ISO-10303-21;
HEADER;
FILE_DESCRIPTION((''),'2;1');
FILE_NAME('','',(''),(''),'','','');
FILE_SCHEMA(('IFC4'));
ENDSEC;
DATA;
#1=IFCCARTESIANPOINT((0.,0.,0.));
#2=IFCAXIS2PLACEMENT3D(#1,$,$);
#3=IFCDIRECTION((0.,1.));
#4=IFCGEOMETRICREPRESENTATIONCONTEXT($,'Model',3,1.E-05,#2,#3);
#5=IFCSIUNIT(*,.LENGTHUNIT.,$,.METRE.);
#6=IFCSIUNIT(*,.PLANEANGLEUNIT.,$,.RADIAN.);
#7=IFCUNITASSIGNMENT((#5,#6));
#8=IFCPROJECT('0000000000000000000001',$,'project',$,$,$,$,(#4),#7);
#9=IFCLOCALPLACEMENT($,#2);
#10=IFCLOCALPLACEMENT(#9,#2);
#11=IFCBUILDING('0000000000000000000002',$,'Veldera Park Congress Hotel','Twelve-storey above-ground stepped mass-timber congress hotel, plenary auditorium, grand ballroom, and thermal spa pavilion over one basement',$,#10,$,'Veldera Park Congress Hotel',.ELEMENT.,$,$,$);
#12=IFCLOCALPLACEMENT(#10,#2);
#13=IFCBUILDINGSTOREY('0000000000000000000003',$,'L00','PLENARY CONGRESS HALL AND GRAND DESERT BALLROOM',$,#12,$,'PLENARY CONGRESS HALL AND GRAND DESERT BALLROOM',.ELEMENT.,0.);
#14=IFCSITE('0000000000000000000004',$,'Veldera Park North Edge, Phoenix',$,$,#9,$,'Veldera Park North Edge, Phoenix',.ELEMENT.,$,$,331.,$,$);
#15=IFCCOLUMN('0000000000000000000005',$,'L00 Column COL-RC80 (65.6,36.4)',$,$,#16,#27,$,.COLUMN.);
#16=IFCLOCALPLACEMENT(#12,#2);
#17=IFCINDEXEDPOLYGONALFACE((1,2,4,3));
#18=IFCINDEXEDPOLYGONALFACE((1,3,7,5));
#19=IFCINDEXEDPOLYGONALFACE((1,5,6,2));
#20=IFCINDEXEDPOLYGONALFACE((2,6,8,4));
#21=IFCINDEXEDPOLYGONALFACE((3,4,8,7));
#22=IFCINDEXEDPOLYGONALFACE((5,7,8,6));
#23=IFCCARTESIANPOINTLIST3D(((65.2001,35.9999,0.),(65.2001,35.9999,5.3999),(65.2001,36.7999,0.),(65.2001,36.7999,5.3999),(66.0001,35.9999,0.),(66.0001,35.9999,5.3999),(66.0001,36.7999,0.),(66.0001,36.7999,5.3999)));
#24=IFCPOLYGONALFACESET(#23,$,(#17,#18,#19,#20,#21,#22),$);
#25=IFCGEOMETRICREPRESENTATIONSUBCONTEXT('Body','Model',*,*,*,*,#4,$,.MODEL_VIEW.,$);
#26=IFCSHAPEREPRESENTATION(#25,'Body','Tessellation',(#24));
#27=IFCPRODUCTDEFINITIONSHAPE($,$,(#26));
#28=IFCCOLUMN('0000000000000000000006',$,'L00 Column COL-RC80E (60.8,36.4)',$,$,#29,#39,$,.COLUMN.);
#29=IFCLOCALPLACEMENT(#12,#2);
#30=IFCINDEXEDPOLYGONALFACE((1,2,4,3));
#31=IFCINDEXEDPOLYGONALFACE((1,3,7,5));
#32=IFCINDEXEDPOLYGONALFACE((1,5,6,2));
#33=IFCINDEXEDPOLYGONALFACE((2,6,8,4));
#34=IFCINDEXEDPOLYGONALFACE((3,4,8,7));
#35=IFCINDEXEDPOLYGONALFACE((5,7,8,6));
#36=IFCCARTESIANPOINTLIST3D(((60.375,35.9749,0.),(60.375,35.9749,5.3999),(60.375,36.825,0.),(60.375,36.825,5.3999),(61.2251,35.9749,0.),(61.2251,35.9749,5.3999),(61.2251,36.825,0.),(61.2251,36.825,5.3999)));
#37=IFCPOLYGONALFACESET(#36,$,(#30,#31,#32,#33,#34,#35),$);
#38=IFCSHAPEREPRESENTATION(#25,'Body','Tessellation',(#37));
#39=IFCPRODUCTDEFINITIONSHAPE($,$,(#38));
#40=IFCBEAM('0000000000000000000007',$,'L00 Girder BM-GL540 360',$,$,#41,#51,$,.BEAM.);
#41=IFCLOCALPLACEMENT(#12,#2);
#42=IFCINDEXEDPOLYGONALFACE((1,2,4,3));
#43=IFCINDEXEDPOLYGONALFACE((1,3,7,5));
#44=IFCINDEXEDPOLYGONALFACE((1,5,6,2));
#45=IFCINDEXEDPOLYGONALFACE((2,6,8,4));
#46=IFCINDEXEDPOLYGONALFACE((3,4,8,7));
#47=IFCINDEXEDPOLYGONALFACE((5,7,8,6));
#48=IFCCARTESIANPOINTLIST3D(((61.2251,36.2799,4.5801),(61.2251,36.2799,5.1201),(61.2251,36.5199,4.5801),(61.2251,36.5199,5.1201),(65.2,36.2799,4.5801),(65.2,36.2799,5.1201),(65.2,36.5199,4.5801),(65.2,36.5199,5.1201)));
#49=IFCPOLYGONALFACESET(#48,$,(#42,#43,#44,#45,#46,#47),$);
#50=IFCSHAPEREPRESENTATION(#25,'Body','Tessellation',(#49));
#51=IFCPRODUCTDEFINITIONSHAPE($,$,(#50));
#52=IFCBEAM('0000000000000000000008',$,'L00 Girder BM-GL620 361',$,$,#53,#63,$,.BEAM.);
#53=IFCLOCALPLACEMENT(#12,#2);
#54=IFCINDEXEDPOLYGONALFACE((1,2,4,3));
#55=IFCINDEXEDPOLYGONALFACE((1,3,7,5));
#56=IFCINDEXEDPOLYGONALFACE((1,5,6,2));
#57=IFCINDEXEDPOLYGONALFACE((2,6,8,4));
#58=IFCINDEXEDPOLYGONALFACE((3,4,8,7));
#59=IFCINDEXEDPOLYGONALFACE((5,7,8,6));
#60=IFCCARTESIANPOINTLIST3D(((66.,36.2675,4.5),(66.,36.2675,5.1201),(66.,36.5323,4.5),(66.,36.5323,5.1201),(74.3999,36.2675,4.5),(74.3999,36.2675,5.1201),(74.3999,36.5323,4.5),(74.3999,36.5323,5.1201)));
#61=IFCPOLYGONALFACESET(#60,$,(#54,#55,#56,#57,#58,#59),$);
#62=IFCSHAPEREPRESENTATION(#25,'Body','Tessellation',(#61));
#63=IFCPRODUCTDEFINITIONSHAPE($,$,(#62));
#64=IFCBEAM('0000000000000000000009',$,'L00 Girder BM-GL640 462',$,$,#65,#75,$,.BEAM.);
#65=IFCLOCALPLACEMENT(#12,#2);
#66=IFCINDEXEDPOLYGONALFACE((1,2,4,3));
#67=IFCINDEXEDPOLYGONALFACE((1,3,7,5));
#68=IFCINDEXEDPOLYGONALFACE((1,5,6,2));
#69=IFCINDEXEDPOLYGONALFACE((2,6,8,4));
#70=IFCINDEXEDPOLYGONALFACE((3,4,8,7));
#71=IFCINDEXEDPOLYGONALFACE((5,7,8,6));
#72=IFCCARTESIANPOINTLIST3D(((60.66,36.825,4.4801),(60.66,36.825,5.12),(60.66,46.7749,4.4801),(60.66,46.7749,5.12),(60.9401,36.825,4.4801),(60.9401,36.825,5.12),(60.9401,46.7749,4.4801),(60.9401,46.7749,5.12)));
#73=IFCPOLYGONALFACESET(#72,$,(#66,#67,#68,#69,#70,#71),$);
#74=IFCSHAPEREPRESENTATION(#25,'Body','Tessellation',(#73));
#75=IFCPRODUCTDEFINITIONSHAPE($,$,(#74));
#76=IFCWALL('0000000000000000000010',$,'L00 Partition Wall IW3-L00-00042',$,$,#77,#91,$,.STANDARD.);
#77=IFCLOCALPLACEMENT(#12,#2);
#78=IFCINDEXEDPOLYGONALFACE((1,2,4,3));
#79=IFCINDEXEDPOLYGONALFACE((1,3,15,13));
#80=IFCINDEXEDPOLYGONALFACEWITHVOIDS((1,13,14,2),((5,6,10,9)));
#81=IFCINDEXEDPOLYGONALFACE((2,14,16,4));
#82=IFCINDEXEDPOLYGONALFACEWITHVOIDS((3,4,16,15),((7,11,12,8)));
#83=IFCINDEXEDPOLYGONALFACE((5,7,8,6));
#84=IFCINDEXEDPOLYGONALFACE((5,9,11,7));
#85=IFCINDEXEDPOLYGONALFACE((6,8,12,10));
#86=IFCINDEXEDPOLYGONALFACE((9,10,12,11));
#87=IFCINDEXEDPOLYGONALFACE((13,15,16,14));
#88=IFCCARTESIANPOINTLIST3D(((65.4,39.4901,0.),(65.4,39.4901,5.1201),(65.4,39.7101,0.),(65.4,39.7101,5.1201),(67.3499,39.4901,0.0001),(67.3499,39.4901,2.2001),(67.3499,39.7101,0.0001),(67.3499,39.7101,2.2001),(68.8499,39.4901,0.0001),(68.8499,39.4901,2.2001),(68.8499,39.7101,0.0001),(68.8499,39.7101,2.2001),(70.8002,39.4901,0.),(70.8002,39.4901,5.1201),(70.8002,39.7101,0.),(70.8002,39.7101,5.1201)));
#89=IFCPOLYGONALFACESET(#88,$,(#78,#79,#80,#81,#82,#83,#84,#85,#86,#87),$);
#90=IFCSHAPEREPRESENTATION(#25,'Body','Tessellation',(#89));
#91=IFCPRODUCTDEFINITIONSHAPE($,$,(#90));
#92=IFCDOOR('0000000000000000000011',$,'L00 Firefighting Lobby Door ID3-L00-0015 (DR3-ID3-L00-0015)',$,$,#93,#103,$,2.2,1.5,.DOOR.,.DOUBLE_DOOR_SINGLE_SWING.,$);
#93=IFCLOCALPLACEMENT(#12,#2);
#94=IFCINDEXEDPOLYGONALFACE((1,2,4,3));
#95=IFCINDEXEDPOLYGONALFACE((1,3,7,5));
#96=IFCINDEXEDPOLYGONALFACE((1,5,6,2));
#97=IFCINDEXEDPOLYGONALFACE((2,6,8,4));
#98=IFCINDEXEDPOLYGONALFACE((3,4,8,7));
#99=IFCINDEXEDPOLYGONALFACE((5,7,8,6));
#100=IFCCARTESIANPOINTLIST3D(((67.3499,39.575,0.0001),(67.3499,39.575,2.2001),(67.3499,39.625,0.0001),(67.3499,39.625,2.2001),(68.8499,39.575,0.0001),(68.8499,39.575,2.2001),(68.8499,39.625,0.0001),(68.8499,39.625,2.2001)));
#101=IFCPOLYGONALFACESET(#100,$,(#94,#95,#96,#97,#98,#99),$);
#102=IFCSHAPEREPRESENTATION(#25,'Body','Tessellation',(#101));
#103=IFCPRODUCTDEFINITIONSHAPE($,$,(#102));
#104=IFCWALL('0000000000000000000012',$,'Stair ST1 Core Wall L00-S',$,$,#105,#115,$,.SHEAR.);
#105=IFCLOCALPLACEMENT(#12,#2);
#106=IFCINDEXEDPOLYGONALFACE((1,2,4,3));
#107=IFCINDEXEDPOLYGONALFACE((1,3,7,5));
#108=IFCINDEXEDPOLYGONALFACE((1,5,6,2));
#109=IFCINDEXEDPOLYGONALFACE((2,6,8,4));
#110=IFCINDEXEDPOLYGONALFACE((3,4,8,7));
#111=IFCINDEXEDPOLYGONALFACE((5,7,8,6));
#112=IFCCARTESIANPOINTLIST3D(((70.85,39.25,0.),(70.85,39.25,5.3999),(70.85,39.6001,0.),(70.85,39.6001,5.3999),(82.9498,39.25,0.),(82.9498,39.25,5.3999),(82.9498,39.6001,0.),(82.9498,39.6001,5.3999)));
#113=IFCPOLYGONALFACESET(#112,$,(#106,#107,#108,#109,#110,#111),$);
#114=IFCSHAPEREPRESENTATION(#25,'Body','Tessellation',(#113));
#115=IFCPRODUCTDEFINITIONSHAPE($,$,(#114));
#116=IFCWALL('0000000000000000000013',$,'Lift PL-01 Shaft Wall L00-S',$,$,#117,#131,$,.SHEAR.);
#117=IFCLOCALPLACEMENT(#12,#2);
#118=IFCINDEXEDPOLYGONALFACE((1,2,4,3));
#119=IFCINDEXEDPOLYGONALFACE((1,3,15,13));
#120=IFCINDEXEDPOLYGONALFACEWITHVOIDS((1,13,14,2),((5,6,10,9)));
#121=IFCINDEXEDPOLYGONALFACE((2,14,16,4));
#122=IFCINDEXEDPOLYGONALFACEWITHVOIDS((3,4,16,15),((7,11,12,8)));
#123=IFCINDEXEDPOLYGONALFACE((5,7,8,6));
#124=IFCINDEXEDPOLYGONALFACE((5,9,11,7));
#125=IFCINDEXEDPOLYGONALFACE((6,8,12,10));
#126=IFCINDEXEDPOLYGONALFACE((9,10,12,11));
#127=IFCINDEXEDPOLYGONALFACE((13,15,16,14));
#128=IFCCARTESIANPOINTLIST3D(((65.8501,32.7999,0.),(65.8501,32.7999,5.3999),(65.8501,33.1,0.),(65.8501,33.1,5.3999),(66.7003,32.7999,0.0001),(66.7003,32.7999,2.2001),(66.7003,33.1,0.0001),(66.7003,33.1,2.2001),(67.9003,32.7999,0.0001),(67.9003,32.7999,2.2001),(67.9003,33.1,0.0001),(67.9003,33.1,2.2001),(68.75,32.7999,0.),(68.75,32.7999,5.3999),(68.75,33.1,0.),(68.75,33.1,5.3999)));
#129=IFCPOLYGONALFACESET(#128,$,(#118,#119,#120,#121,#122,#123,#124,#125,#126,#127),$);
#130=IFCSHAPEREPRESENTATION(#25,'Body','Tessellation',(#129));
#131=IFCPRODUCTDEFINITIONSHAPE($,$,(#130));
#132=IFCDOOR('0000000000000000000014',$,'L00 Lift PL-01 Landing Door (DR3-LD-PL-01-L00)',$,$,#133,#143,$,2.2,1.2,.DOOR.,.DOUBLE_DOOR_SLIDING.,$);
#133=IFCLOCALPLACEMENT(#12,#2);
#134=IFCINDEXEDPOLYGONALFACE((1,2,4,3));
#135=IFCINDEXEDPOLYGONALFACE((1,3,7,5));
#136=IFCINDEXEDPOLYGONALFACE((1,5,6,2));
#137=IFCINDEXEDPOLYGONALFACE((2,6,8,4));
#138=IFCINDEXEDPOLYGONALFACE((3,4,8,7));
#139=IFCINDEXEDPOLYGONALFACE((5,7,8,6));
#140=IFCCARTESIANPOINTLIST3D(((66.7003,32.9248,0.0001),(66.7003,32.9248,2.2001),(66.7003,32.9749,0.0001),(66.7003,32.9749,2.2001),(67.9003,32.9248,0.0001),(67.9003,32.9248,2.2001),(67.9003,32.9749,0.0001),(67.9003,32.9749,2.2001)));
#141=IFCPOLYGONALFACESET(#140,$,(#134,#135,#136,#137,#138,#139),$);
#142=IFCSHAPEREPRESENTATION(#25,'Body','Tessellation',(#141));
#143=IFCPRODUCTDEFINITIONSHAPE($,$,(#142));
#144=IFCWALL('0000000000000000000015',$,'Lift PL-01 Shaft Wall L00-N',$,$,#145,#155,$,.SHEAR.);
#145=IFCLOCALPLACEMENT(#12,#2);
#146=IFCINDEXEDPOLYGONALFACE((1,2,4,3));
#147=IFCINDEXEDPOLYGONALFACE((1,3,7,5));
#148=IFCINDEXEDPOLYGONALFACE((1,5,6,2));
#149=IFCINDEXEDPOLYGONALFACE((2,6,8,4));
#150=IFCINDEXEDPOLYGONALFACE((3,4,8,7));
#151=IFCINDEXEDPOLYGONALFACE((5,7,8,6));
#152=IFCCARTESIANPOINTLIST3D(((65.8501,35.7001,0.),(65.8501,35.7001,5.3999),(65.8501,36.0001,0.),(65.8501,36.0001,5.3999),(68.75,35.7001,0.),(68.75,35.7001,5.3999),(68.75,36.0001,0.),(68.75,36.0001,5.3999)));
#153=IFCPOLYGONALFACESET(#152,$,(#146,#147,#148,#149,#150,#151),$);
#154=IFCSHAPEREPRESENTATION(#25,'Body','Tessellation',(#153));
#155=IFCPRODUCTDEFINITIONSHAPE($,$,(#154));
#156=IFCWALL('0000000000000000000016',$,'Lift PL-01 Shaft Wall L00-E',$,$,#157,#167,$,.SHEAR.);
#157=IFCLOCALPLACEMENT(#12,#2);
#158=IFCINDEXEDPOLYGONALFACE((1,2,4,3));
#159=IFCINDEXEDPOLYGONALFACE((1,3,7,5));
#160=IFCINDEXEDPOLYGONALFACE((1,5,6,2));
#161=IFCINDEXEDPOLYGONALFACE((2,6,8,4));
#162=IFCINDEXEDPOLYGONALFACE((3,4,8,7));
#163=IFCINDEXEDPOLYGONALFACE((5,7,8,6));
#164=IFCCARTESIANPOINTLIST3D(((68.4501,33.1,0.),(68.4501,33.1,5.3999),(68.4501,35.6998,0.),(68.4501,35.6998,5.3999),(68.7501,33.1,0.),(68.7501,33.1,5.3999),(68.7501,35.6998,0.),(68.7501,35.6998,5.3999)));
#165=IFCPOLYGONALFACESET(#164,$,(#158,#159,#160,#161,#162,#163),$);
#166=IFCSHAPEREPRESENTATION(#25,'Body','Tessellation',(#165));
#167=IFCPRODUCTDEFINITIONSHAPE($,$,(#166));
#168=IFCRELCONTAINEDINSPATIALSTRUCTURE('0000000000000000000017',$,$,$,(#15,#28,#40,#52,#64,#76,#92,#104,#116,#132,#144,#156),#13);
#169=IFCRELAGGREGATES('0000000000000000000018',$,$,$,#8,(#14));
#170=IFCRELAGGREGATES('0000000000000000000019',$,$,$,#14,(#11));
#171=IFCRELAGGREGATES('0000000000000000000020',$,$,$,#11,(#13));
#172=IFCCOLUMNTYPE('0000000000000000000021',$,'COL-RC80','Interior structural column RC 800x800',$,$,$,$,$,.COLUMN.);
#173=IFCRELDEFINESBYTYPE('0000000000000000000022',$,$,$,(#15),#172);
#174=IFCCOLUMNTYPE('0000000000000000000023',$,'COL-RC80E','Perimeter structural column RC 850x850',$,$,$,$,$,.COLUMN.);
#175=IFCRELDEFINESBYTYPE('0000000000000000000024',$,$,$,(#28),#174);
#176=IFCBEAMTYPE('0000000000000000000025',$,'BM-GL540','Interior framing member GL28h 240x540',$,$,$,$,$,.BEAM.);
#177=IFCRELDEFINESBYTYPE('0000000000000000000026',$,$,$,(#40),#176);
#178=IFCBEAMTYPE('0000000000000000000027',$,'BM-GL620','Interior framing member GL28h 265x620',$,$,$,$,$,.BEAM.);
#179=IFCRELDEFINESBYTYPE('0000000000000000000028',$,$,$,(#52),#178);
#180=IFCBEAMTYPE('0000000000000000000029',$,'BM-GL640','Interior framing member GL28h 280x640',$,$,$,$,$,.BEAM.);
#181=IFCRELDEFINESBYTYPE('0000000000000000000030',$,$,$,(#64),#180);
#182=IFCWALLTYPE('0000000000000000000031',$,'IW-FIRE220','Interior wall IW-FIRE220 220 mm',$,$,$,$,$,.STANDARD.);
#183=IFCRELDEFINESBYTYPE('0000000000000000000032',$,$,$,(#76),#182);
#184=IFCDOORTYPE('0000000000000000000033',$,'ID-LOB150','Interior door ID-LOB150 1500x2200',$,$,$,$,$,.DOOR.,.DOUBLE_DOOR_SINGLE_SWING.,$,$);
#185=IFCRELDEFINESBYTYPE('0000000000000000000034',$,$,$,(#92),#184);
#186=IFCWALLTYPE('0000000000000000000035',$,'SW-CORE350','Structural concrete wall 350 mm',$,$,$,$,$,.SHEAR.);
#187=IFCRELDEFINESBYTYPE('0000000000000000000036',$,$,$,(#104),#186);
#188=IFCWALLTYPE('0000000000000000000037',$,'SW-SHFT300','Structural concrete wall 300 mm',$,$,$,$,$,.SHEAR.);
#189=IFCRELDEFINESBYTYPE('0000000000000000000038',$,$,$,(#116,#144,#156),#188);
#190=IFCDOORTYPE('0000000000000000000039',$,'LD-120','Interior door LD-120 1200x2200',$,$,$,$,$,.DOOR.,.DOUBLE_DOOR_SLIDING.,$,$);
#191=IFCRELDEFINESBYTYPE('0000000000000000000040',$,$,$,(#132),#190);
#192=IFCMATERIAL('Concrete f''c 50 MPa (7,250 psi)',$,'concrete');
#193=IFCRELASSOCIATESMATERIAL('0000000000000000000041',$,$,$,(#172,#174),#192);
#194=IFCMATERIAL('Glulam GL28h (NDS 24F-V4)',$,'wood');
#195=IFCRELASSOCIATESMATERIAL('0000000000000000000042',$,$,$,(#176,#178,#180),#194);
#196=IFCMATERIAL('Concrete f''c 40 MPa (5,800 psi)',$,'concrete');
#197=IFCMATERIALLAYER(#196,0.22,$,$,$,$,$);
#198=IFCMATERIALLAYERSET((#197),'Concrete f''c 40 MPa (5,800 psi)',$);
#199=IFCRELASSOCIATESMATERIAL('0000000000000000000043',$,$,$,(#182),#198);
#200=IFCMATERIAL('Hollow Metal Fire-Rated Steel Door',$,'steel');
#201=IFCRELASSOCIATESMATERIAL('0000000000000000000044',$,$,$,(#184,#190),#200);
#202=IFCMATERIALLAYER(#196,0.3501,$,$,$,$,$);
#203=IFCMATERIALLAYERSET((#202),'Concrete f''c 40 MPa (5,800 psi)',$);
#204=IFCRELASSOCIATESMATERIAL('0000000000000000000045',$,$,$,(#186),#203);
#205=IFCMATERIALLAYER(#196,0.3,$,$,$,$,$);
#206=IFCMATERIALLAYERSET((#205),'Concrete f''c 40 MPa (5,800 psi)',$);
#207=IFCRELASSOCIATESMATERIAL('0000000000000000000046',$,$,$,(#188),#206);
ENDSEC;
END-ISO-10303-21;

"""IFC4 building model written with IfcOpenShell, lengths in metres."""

from ifc_helpers import new_model, si_unit, direction, frame, frame_2d, origin, origin_2d, place, context, subcontext, project, spatial, rectangle, extrude, material, layer, layer_set, material_profile, profile_set, type_object, element, fill, save


model = new_model("IFC4")

# Units and contexts
model_context = context("Model", 3, precision=1e-05, world=origin(), true_north=direction((0.0, 1.0)))
body_context = subcontext(model_context, "Body", "Model", "MODEL_VIEW")
ifc_project = project(units=[si_unit("LENGTHUNIT", "METRE"), si_unit("PLANEANGLEUNIT", "RADIAN")], contexts=[model_context])

# Site, building, storey
site_placement = place(None, origin())
site = spatial("IfcSite", under=ifc_project, at=site_placement, Name="Veldera Park North Edge, Phoenix", LongName="Veldera Park North Edge, Phoenix", CompositionType="ELEMENT", RefElevation=331.0)
building_placement = place(site_placement, origin())
building = spatial("IfcBuilding", under=site, at=building_placement, Name="Veldera Park Congress Hotel", Description="Twelve-storey above-ground stepped mass-timber congress hotel, plenary auditorium, grand ballroom, and thermal spa pavilion over one basement", LongName="Veldera Park Congress Hotel", CompositionType="ELEMENT")
storey_placement = place(building_placement, origin())
storey = spatial("IfcBuildingStorey", under=building, at=storey_placement, Name="L00", Description="PLENARY CONGRESS HALL AND GRAND DESERT BALLROOM", LongName="PLENARY CONGRESS HALL AND GRAND DESERT BALLROOM", CompositionType="ELEMENT", Elevation=0.0)

# Columns
ifc_material_1 = material(Name="Concrete f'c 50 MPa (7,250 psi)", Category="concrete")
ifc_material_profile_1 = material_profile(ifc_material_1, rectangle(XDim=0.8, YDim=0.8, at=origin_2d()), Name="RC 800x800")
ifc_profile_set_1 = profile_set([ifc_material_profile_1], Name="Concrete f'c 50 MPa (7,250 psi)")
column_type_1 = type_object("IfcColumnType", Name="COL-RC80", Description="Interior structural column RC 800x800", PredefinedType="COLUMN", material=ifc_profile_set_1)
column_1_placement = place(storey_placement, frame((65.6001, 36.3999, 0.0), z_axis=(0.0, 0.0, 1.0), x_axis=(1.0, 0.0, 0.0)))
element("IfcColumn", 1, at=column_1_placement, inside=storey, type_object=column_type_1, Name="L00 Column COL-RC80 (65.6,36.4)", PredefinedType="COLUMN", context=body_context, shape_type="SweptSolid", body=[
    extrude(rectangle(XDim=0.8, YDim=0.8, at=origin_2d()), origin(), (0.0, 0.0, 1.0), 5.3999),
])
ifc_material_profile_2 = material_profile(ifc_material_1, rectangle(XDim=0.8501, YDim=0.8501, at=origin_2d()), Name="RC 850x850")
ifc_profile_set_2 = profile_set([ifc_material_profile_2], Name="Concrete f'c 50 MPa (7,250 psi)")
column_type_2 = type_object("IfcColumnType", Name="COL-RC80E", Description="Perimeter structural column RC 850x850", PredefinedType="COLUMN", material=ifc_profile_set_2)
column_2_placement = place(storey_placement, frame((60.8, 36.3999, 0.0), z_axis=(0.0, 0.0, 1.0), x_axis=(1.0, 0.0, 0.0)))
element("IfcColumn", 2, at=column_2_placement, inside=storey, type_object=column_type_2, Name="L00 Column COL-RC80E (60.8,36.4)", PredefinedType="COLUMN", context=body_context, shape_type="SweptSolid", body=[
    extrude(rectangle(XDim=0.8501, YDim=0.8501, at=origin_2d()), origin(), (0.0, 0.0, 1.0), 5.3999),
])

# Beams
ifc_material_2 = material(Name="Glulam GL28h (NDS 24F-V4)", Category="wood")
ifc_material_profile_3 = material_profile(ifc_material_2, rectangle(XDim=0.24, YDim=0.54, at=origin_2d()), Name="GL28h 240x540")
ifc_profile_set_3 = profile_set([ifc_material_profile_3], Name="Glulam GL28h (NDS 24F-V4)")
beam_type_1 = type_object("IfcBeamType", Name="BM-GL540", Description="Interior framing member GL28h 240x540", PredefinedType="BEAM", material=ifc_profile_set_3)
beam_1_placement = place(storey_placement, frame((61.2251, 36.3999, 4.8501), z_axis=(1.0, 0.0, 0.0), x_axis=(0.0, 1.0, 0.0)))
element("IfcBeam", 3, at=beam_1_placement, inside=storey, type_object=beam_type_1, Name="L00 Girder BM-GL540 360", PredefinedType="BEAM", context=body_context, shape_type="SweptSolid", body=[
    extrude(rectangle(XDim=0.24, YDim=0.54, at=origin_2d()), origin(), (0.0, 0.0, 1.0), 3.9749),
])
ifc_material_profile_4 = material_profile(ifc_material_2, rectangle(XDim=0.2649, YDim=0.6201, at=origin_2d()), Name="GL28h 265x620")
ifc_profile_set_4 = profile_set([ifc_material_profile_4], Name="Glulam GL28h (NDS 24F-V4)")
beam_type_2 = type_object("IfcBeamType", Name="BM-GL620", Description="Interior framing member GL28h 265x620", PredefinedType="BEAM", material=ifc_profile_set_4)
beam_2_placement = place(storey_placement, frame((66.0, 36.3999, 4.8101), z_axis=(1.0, 0.0, 0.0), x_axis=(0.0, 1.0, 0.0)))
element("IfcBeam", 4, at=beam_2_placement, inside=storey, type_object=beam_type_2, Name="L00 Girder BM-GL620 361", PredefinedType="BEAM", context=body_context, shape_type="SweptSolid", body=[
    extrude(rectangle(XDim=0.2649, YDim=0.6201, at=origin_2d()), origin(), (0.0, 0.0, 1.0), 8.3999),
])
ifc_material_profile_5 = material_profile(ifc_material_2, rectangle(XDim=0.28, YDim=0.6399, at=origin_2d()), Name="GL28h 280x640")
ifc_profile_set_5 = profile_set([ifc_material_profile_5], Name="Glulam GL28h (NDS 24F-V4)")
beam_type_3 = type_object("IfcBeamType", Name="BM-GL640", Description="Interior framing member GL28h 280x640", PredefinedType="BEAM", material=ifc_profile_set_5)
beam_3_placement = place(storey_placement, frame((60.8, 36.825, 4.8), z_axis=(0.0, 1.0, 0.0), x_axis=(-1.0, 0.0, 0.0)))
element("IfcBeam", 5, at=beam_3_placement, inside=storey, type_object=beam_type_3, Name="L00 Girder BM-GL640 462", PredefinedType="BEAM", context=body_context, shape_type="SweptSolid", body=[
    extrude(rectangle(XDim=0.28, YDim=0.6399, at=origin_2d()), origin(), (0.0, 0.0, 1.0), 9.95),
])

# Wall, opening, door
ifc_material_3 = material(Name="Concrete f'c 40 MPa (5,800 psi)", Category="concrete")
ifc_layer_1 = layer(ifc_material_3, 0.22)
ifc_layer_set_1 = layer_set([ifc_layer_1], Name="Concrete f'c 40 MPa (5,800 psi)")
wall_type_1 = type_object("IfcWallType", Name="IW-FIRE220", Description="Interior wall IW-FIRE220 220 mm", PredefinedType="STANDARD", material=ifc_layer_set_1)
wall_1_placement = place(storey_placement, frame((65.3999, 39.6001, 0.0), z_axis=(0.0, 0.0, 1.0), x_axis=(1.0, 0.0, 0.0)))
wall_1 = element("IfcWall", 6, at=wall_1_placement, inside=storey, type_object=wall_type_1, Name="L00 Partition Wall IW3-L00-00042", PredefinedType="STANDARD", context=body_context, shape_type="SweptSolid", body=[
    extrude(rectangle(XDim=5.4001, YDim=0.22, at=frame_2d((2.7002, 0.0))), origin(), (0.0, 0.0, 1.0), 5.1201),
])
opening_1_placement = place(wall_1_placement, frame((1.95, 0.0, 0.0)))
opening_1 = element("IfcOpeningElement", 7, at=opening_1_placement, cuts=wall_1, PredefinedType="OPENING", context=body_context, shape_type="SweptSolid", body=[
    extrude(rectangle(XDim=1.5, YDim=2.2, at=frame_2d((0.75, 1.1001))), frame((0.0, 0.1221, 0.0), z_axis=(0.0, -1.0, 0.0), x_axis=(1.0, 0.0, 0.0)), (0.0, 0.0, 1.0), 0.2439),
])
ifc_material_4 = material(Name="Hollow Metal Fire-Rated Steel Door", Category="steel")
door_type_1 = type_object("IfcDoorType", Name="ID-LOB150", Description="Interior door ID-LOB150 1500x2200", OperationType="DOUBLE_DOOR_SINGLE_SWING", PredefinedType="DOOR", material=ifc_material_4)
door_1_placement = place(opening_1_placement, origin())
door_1 = element("IfcDoor", 8, at=door_1_placement, inside=storey, type_object=door_type_1, Name="L00 Firefighting Lobby Door ID3-L00-0015 (DR3-ID3-L00-0015)", OperationType="DOUBLE_DOOR_SINGLE_SWING", OverallHeight=2.2, OverallWidth=1.5, PredefinedType="DOOR", context=body_context, shape_type="SweptSolid", body=[
    extrude(rectangle(XDim=1.5, YDim=2.2, at=frame_2d((0.75, 1.1001))), frame((0.0, 0.0249, 0.0), z_axis=(0.0, -1.0, 0.0), x_axis=(1.0, 0.0, 0.0)), (0.0, 0.0, 1.0), 0.05),
])
fill(opening_1, door_1)

# Wall
ifc_layer_2 = layer(ifc_material_3, 0.3501)
ifc_layer_set_2 = layer_set([ifc_layer_2], Name="Concrete f'c 40 MPa (5,800 psi)")
wall_type_2 = type_object("IfcWallType", Name="SW-CORE350", Description="Structural concrete wall 350 mm", PredefinedType="SHEAR", material=ifc_layer_set_2)
wall_2_placement = place(storey_placement, frame((70.8501, 39.425, 0.0), z_axis=(0.0, 0.0, 1.0), x_axis=(1.0, 0.0, 0.0)))
element("IfcWall", 9, at=wall_2_placement, inside=storey, type_object=wall_type_2, Name="Stair ST1 Core Wall L00-S", PredefinedType="SHEAR", context=body_context, shape_type="SweptSolid", body=[
    extrude(rectangle(XDim=12.0999, YDim=0.3501, at=frame_2d((6.0498, 0.0))), origin(), (0.0, 0.0, 1.0), 5.3999),
])

# Wall, opening, door
ifc_layer_3 = layer(ifc_material_3, 0.3)
ifc_layer_set_3 = layer_set([ifc_layer_3], Name="Concrete f'c 40 MPa (5,800 psi)")
wall_type_3 = type_object("IfcWallType", Name="SW-SHFT300", Description="Structural concrete wall 300 mm", PredefinedType="SHEAR", material=ifc_layer_set_3)
wall_3_placement = place(storey_placement, frame((65.8501, 32.95, 0.0), z_axis=(0.0, 0.0, 1.0), x_axis=(1.0, 0.0, 0.0)))
wall_3 = element("IfcWall", 10, at=wall_3_placement, inside=storey, type_object=wall_type_3, Name="Lift PL-01 Shaft Wall L00-S", PredefinedType="SHEAR", context=body_context, shape_type="SweptSolid", body=[
    extrude(rectangle(XDim=2.8999, YDim=0.3, at=frame_2d((1.45, 0.0))), origin(), (0.0, 0.0, 1.0), 5.3999),
])
opening_2_placement = place(wall_3_placement, frame((0.8501, 0.0, 0.0)))
opening_2 = element("IfcOpeningElement", 11, at=opening_2_placement, cuts=wall_3, PredefinedType="OPENING", context=body_context, shape_type="SweptSolid", body=[
    extrude(rectangle(XDim=1.2, YDim=2.2, at=frame_2d((0.6001, 1.1001))), frame((0.0, 0.1621, 0.0), z_axis=(0.0, -1.0, 0.0), x_axis=(1.0, 0.0, 0.0)), (0.0, 0.0, 1.0), 0.324),
])
door_type_2 = type_object("IfcDoorType", Name="LD-120", Description="Interior door LD-120 1200x2200", OperationType="DOUBLE_DOOR_SLIDING", PredefinedType="DOOR", material=ifc_material_4)
door_2_placement = place(opening_2_placement, origin())
door_2 = element("IfcDoor", 12, at=door_2_placement, inside=storey, type_object=door_type_2, Name="L00 Lift PL-01 Landing Door (DR3-LD-PL-01-L00)", OperationType="DOUBLE_DOOR_SLIDING", OverallHeight=2.2, OverallWidth=1.2, PredefinedType="DOOR", context=body_context, shape_type="SweptSolid", body=[
    extrude(rectangle(XDim=1.2, YDim=2.2, at=frame_2d((0.6001, 1.1001))), frame((0.0, 0.0249, 0.0), z_axis=(0.0, -1.0, 0.0), x_axis=(1.0, 0.0, 0.0)), (0.0, 0.0, 1.0), 0.05),
])
fill(opening_2, door_2)

# Walls
wall_4_placement = place(storey_placement, frame((68.75, 35.8501, 0.0), z_axis=(0.0, 0.0, 1.0), x_axis=(-1.0, 0.0, 0.0)))
element("IfcWall", 13, at=wall_4_placement, inside=storey, type_object=wall_type_3, Name="Lift PL-01 Shaft Wall L00-N", PredefinedType="SHEAR", context=body_context, shape_type="SweptSolid", body=[
    extrude(rectangle(XDim=2.8999, YDim=0.3, at=frame_2d((1.45, 0.0))), origin(), (0.0, 0.0, 1.0), 5.3999),
])
for number, where, z_axis, x_axis, name in (
    (14, (68.6001, 33.1001, 0.0), (0.0, 0.0, 1.0), (0.0, 1.0, 0.0), "Lift PL-01 Shaft Wall L00-E"),
):
    element("IfcWall", number, at=place(storey_placement, frame(where, z_axis=z_axis, x_axis=x_axis)), inside=storey, type_object=wall_type_3, Name=name, PredefinedType="SHEAR", context=body_context, shape_type="SweptSolid", body=[
        extrude(rectangle(XDim=2.5999, YDim=0.3, at=frame_2d((1.2998, 0.0))), origin(), (0.0, 0.0, 1.0), 5.3999),
    ])

save(model, "model.ifc")
